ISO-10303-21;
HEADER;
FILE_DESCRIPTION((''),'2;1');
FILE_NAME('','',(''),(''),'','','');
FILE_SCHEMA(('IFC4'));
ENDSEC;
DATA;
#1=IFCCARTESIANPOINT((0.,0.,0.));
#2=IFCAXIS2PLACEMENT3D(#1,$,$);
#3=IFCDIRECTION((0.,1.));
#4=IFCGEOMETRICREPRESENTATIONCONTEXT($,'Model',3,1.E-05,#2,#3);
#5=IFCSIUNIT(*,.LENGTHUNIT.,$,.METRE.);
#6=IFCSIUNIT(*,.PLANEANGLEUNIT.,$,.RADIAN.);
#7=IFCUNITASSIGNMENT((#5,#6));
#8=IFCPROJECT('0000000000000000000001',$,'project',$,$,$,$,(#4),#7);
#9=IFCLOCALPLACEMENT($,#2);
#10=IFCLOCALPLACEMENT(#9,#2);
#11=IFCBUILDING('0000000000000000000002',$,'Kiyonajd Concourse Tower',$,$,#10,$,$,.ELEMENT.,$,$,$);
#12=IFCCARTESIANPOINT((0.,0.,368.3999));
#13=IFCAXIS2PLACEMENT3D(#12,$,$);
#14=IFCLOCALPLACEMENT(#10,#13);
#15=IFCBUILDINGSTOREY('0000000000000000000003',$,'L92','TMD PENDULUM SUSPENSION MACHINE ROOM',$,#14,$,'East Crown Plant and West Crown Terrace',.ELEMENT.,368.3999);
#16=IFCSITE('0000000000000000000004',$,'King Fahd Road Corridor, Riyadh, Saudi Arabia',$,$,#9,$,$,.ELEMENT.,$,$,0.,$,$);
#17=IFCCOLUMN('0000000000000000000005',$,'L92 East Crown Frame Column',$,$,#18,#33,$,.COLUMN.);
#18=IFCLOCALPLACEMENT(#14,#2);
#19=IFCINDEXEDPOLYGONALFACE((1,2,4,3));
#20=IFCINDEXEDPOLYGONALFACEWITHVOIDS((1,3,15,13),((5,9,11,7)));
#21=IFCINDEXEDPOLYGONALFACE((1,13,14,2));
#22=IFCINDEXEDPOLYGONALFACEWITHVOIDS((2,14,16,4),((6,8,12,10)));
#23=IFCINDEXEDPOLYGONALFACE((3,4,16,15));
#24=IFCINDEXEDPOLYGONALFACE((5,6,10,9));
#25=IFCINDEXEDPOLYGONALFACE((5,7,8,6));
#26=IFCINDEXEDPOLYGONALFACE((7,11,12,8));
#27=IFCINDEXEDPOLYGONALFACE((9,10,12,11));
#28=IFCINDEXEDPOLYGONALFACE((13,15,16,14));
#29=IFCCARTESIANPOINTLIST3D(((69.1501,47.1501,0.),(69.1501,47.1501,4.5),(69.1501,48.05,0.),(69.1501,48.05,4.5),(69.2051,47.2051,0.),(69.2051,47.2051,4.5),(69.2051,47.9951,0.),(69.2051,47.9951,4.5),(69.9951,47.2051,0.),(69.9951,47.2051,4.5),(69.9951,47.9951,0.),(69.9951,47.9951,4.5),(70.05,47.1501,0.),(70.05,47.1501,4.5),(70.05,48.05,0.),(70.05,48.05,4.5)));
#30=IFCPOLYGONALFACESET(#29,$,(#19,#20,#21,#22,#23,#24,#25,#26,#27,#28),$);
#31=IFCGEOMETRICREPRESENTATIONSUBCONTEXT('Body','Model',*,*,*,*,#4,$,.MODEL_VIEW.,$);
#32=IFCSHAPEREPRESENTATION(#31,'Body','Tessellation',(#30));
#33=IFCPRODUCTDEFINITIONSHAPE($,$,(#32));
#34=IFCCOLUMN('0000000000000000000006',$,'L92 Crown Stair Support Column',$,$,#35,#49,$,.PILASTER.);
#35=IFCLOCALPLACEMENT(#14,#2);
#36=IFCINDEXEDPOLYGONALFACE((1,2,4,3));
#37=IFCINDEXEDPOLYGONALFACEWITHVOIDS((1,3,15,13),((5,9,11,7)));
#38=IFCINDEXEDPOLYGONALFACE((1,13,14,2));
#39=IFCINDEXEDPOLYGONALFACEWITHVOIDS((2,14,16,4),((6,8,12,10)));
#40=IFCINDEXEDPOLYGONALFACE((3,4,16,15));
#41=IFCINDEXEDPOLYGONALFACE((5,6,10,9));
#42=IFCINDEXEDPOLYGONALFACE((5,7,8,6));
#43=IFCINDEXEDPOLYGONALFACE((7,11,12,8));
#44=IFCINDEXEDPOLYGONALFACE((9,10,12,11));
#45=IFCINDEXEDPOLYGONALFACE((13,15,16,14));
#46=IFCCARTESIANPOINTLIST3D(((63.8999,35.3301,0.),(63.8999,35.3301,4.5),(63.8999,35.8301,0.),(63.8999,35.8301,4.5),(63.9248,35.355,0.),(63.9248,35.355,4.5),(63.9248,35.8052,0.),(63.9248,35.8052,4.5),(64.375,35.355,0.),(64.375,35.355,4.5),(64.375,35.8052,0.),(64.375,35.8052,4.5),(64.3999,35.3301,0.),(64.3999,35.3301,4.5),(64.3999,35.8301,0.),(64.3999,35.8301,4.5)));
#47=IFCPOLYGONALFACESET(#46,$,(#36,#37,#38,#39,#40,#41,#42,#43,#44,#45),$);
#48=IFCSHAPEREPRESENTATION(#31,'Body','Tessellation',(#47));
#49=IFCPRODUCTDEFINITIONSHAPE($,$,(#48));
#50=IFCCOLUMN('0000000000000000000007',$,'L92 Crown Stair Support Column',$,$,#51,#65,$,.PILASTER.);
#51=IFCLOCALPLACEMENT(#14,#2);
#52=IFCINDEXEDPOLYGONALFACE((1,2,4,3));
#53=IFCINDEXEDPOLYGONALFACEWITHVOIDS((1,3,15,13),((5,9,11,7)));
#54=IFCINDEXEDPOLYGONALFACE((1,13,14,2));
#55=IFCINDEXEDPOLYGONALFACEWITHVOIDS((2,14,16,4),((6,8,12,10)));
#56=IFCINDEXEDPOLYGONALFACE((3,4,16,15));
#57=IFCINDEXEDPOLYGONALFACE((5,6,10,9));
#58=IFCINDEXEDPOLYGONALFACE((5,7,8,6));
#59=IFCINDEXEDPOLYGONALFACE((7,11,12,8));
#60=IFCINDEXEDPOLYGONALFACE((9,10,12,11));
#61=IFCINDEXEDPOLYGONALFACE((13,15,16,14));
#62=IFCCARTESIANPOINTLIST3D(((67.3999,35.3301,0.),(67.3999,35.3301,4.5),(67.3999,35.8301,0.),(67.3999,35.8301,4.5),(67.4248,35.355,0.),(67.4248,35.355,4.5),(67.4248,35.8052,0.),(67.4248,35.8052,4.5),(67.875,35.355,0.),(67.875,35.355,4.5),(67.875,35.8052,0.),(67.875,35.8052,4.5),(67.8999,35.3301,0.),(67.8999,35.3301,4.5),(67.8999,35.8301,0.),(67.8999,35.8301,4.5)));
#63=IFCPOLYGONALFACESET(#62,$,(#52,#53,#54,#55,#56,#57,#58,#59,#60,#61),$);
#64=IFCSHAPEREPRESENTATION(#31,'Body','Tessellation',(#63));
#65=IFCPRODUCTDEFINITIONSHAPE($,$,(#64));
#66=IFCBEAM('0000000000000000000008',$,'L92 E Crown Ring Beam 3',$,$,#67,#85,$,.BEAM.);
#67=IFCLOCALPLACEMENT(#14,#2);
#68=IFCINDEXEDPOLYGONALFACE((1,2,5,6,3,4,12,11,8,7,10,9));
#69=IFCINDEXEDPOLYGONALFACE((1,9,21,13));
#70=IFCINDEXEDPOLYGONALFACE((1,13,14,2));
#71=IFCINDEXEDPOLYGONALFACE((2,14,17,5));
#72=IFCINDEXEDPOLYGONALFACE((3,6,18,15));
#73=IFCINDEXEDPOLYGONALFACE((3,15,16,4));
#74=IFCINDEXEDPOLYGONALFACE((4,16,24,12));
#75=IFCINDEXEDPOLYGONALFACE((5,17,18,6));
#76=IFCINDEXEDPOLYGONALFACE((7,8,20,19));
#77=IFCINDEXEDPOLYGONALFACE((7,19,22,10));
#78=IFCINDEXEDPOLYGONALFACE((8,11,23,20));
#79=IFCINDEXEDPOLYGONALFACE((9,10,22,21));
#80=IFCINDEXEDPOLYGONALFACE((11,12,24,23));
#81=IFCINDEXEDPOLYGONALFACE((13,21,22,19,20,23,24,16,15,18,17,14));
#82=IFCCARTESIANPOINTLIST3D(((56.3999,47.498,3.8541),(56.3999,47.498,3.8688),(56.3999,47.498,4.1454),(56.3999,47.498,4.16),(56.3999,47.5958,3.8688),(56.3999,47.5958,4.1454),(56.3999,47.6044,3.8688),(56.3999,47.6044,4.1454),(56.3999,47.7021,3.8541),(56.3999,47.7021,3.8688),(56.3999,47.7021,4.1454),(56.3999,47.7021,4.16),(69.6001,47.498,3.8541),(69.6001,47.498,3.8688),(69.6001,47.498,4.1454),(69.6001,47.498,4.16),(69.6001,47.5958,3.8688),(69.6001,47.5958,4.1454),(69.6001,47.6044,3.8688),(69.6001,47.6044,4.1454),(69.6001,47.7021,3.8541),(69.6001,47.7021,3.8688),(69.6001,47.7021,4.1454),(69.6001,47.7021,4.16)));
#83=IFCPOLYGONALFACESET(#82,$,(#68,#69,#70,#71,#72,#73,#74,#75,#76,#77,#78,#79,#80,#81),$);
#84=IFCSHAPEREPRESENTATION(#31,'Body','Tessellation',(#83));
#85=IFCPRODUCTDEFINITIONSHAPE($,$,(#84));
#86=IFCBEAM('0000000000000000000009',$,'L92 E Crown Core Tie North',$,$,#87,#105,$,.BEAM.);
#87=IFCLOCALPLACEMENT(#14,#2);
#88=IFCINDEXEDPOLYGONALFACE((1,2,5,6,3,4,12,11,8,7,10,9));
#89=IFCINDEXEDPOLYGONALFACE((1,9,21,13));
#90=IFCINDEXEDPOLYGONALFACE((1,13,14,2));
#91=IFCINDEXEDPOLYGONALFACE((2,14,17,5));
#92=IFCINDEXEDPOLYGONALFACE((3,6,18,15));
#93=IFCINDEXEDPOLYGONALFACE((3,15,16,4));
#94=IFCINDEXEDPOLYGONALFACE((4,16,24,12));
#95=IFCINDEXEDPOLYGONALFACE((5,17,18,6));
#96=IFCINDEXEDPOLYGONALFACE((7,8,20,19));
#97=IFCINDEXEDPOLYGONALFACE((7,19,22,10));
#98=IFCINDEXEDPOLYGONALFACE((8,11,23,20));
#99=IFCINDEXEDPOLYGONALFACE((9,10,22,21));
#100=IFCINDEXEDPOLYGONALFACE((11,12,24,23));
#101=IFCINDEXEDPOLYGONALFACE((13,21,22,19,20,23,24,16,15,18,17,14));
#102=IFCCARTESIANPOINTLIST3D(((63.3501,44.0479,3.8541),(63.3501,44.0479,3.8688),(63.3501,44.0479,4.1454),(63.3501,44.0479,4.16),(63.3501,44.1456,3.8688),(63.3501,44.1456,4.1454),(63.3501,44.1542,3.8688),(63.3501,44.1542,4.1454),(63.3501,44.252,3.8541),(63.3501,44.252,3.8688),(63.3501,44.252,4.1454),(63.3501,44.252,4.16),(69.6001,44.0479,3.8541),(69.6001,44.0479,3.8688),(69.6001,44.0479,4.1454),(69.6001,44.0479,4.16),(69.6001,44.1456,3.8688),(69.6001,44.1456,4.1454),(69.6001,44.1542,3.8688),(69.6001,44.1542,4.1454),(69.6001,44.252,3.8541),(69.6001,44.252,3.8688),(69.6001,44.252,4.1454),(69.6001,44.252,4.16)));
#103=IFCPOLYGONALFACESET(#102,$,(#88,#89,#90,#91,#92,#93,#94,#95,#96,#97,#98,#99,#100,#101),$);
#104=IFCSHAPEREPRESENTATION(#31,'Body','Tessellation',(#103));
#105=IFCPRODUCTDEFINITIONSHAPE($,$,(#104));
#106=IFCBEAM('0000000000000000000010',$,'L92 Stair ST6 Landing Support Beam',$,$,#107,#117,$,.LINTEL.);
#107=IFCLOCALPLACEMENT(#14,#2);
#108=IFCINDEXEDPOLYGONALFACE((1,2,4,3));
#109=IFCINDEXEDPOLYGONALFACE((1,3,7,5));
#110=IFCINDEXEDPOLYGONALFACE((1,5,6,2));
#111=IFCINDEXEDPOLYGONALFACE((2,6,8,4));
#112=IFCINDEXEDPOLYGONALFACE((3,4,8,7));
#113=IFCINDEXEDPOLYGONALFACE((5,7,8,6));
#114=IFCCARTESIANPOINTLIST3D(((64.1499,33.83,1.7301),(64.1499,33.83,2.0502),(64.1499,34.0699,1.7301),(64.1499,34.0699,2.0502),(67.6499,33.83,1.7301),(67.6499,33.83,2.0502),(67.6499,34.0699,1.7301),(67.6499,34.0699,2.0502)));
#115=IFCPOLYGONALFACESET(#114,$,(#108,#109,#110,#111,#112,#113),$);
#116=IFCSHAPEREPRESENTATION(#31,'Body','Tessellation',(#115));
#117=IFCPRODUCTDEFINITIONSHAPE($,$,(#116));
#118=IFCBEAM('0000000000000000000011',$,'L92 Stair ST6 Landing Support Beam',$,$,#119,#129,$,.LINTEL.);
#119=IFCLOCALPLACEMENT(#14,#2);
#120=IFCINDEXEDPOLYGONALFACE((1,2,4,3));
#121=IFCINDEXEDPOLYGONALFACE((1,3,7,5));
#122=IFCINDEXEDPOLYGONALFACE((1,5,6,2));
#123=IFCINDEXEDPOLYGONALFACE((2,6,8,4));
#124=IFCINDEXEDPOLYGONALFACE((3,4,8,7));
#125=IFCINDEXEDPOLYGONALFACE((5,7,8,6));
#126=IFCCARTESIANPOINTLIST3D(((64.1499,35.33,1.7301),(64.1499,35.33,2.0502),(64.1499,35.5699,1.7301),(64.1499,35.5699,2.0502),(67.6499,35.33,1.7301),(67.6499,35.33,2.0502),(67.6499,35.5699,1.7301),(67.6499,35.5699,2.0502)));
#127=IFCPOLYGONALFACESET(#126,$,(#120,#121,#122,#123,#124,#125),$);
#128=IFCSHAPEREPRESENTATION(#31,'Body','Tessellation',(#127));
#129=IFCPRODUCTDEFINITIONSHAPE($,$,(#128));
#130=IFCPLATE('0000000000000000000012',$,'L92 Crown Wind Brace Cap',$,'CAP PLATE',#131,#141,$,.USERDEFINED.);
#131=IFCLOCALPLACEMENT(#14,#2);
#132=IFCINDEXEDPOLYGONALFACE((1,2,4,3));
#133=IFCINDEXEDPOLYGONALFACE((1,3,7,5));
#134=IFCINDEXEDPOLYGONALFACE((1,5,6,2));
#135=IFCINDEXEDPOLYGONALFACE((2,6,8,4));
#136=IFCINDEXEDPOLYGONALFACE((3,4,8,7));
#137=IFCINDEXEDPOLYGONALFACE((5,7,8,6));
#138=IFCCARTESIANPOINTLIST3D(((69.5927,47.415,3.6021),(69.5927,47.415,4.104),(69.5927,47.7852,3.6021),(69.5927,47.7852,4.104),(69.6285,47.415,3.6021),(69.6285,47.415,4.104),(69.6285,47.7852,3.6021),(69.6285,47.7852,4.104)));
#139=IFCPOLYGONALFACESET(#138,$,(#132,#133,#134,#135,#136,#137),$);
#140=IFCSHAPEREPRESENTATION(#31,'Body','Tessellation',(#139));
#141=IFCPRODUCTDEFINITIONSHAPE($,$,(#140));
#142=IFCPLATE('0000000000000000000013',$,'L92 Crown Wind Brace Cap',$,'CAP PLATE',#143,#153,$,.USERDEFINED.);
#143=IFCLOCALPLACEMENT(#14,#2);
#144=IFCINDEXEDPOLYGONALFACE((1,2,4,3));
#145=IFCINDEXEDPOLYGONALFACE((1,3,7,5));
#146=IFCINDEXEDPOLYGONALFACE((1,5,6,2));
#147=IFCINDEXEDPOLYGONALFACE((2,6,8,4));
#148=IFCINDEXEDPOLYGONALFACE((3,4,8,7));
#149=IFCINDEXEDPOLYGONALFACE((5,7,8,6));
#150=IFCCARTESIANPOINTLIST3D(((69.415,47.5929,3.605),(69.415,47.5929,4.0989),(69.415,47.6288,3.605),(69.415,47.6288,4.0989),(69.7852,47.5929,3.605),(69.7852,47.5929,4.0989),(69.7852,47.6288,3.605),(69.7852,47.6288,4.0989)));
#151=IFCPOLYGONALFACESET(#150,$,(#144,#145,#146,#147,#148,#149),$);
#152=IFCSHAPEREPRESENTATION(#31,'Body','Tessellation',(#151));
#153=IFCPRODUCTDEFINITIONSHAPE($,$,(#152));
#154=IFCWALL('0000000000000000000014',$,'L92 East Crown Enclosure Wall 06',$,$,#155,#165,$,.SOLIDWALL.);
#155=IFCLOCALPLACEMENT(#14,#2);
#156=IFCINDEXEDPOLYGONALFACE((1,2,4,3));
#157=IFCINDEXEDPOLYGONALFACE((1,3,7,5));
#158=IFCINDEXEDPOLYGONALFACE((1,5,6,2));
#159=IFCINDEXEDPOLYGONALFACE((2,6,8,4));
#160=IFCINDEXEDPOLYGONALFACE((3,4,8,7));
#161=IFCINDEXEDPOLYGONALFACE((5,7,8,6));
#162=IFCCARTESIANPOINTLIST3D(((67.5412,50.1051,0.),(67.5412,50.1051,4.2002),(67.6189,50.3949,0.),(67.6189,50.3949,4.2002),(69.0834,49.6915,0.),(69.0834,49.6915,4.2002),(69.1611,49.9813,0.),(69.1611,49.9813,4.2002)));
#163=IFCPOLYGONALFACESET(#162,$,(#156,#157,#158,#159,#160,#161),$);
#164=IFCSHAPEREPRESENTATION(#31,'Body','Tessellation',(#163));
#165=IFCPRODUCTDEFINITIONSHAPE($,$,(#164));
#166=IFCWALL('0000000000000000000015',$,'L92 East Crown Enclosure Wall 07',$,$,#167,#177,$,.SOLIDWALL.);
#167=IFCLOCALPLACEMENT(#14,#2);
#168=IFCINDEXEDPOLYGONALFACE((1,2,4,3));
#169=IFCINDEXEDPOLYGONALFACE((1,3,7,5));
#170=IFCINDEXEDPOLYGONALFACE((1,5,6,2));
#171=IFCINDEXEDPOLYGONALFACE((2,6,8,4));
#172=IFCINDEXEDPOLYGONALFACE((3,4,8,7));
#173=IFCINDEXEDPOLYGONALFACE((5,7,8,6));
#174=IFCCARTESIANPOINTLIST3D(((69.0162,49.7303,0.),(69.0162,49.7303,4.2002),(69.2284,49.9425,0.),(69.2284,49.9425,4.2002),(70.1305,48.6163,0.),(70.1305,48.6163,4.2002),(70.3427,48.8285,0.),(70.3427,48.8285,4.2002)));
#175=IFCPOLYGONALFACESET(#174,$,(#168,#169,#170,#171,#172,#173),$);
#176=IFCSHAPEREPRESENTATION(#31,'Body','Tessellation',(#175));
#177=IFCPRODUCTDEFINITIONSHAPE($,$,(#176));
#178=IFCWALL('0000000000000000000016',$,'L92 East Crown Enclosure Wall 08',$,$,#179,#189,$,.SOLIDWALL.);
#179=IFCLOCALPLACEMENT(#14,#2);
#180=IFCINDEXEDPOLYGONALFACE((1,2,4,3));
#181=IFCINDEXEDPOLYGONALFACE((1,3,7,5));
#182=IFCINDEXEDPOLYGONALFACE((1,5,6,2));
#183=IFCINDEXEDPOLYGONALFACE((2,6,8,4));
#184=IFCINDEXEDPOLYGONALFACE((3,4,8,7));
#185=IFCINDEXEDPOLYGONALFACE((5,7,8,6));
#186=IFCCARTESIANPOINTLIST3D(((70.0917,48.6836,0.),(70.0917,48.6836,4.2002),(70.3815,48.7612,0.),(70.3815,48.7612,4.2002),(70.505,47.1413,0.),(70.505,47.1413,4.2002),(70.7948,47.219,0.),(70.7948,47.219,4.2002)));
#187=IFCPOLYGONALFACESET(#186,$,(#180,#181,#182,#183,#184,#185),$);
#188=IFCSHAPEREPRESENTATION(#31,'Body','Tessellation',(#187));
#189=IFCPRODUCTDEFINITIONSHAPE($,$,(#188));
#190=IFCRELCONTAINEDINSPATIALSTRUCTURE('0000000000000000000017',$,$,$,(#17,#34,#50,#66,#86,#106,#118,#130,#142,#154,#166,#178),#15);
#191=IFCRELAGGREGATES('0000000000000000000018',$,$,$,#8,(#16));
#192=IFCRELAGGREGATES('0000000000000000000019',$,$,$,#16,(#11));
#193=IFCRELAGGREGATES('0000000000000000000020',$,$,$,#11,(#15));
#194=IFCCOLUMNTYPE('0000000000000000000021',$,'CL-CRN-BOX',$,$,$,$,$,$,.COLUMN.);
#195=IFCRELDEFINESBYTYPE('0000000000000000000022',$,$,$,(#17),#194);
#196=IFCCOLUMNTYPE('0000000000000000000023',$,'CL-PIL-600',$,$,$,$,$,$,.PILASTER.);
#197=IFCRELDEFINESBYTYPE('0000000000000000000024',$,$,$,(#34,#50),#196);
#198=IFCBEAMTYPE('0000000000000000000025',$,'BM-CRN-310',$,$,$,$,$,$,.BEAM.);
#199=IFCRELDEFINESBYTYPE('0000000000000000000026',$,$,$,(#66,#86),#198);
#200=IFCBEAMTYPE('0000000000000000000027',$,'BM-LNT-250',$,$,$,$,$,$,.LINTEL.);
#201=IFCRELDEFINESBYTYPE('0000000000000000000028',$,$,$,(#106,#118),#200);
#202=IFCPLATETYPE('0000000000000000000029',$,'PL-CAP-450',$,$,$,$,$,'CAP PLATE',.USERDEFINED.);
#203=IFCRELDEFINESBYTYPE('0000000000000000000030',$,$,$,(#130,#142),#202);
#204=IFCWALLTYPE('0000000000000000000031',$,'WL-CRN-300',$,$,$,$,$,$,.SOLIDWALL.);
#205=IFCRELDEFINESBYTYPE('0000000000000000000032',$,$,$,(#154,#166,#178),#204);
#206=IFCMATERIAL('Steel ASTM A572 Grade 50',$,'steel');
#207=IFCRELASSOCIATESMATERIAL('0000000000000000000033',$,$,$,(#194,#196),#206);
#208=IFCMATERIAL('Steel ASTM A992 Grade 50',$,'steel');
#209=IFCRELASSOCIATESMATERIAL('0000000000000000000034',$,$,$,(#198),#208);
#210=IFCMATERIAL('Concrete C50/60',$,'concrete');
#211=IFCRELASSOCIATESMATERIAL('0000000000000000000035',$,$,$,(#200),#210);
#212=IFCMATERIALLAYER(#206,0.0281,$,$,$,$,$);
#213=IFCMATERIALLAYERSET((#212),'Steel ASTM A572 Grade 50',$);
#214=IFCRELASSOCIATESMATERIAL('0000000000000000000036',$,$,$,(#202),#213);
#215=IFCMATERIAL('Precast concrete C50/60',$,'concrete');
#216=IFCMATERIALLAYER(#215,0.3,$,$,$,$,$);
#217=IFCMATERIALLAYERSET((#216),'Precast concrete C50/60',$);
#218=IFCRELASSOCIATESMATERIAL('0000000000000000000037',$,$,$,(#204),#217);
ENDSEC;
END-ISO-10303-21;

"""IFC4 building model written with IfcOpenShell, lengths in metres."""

from ifc_helpers import new_model, si_unit, direction, frame, frame_2d, origin, origin_2d, place, context, subcontext, project, spatial, rectangle, hollow_rectangle, i_section, extrude, material, layer, layer_set, material_profile, profile_set, type_object, element, save


model = new_model("IFC4")

# Units and contexts
model_context = context("Model", 3, precision=1e-05, world=origin(), true_north=direction((0.0, 1.0)))
body_context = subcontext(model_context, "Body", "Model", "MODEL_VIEW")
ifc_project = project(units=[si_unit("LENGTHUNIT", "METRE"), si_unit("PLANEANGLEUNIT", "RADIAN")], contexts=[model_context])

# Site, building, storey
site_placement = place(None, origin())
site = spatial("IfcSite", under=ifc_project, at=site_placement, Name="King Fahd Road Corridor, Riyadh, Saudi Arabia", CompositionType="ELEMENT", RefElevation=0.0)
building_placement = place(site_placement, origin())
building = spatial("IfcBuilding", under=site, at=building_placement, Name="Kiyonajd Concourse Tower", CompositionType="ELEMENT")
storey_placement = place(building_placement, frame((0.0, 0.0, 368.3999)))
storey = spatial("IfcBuildingStorey", under=building, at=storey_placement, Name="L92", Description="TMD PENDULUM SUSPENSION MACHINE ROOM", LongName="East Crown Plant and West Crown Terrace", CompositionType="ELEMENT", Elevation=368.3999)

# Columns
ifc_material_1 = material(Name="Steel ASTM A572 Grade 50", Category="steel")
ifc_material_profile_1 = material_profile(ifc_material_1, hollow_rectangle(XDim=0.8999, YDim=0.8999, WallThickness=0.0549, at=origin_2d()), Name="BOX-900x900x55")
ifc_profile_set_1 = profile_set([ifc_material_profile_1], Name="Steel ASTM A572 Grade 50")
column_type_1 = type_object("IfcColumnType", Name="CL-CRN-BOX", PredefinedType="COLUMN", material=ifc_profile_set_1)
column_placement = place(storey_placement, frame((69.6001, 47.6001, 0.0), z_axis=(0.0, 0.0, 1.0), x_axis=(1.0, 0.0, 0.0)))
element("IfcColumn", 1, at=column_placement, inside=storey, type_object=column_type_1, Name="L92 East Crown Frame Column", PredefinedType="COLUMN", context=body_context, shape_type="SweptSolid", body=[
    extrude(hollow_rectangle(XDim=0.8999, YDim=0.8999, WallThickness=0.0549, at=origin_2d()), origin(), (0.0, 0.0, 1.0), 4.5),
])
ifc_material_profile_2 = material_profile(ifc_material_1, hollow_rectangle(XDim=0.5, YDim=0.5, WallThickness=0.0249, at=origin_2d()), Name="HSS-500x500x25")
ifc_profile_set_2 = profile_set([ifc_material_profile_2], Name="Steel ASTM A572 Grade 50")
column_type_2 = type_object("IfcColumnType", Name="CL-PIL-600", PredefinedType="PILASTER", material=ifc_profile_set_2)
for number, where, z_axis, x_axis, name in (
    (2, (64.1499, 35.5801, 0.0), (0.0, 0.0, 1.0), (1.0, 0.0, 0.0), "L92 Crown Stair Support Column"),
    (3, (67.6499, 35.5801, 0.0), (0.0, 0.0, 1.0), (1.0, 0.0, 0.0), "L92 Crown Stair Support Column"),
):
    element("IfcColumn", number, at=place(storey_placement, frame(where, z_axis=z_axis, x_axis=x_axis)), inside=storey, type_object=column_type_2, Name=name, PredefinedType="PILASTER", context=body_context, shape_type="SweptSolid", body=[
        extrude(hollow_rectangle(XDim=0.5, YDim=0.5, WallThickness=0.0249, at=origin_2d()), origin(), (0.0, 0.0, 1.0), 4.5),
    ])

# Beams
ifc_material_2 = material(Name="Steel ASTM A992 Grade 50", Category="steel")
ifc_material_profile_3 = material_profile(ifc_material_2, i_section(OverallWidth=0.2041, OverallDepth=0.3059, WebThickness=0.0085, FlangeThickness=0.0146, at=origin_2d()), Name="W310X67")
ifc_profile_set_3 = profile_set([ifc_material_profile_3], Name="Steel ASTM A992 Grade 50")
beam_type_1 = type_object("IfcBeamType", Name="BM-CRN-310", PredefinedType="BEAM", material=ifc_profile_set_3)
beam_1_placement = place(storey_placement, frame((69.6001, 47.6001, 4.0071), z_axis=(-1.0, 0.0, 0.0), x_axis=(0.0, -1.0, 0.0)))
element("IfcBeam", 4, at=beam_1_placement, inside=storey, type_object=beam_type_1, Name="L92 E Crown Ring Beam 3", PredefinedType="BEAM", context=body_context, shape_type="SweptSolid", body=[
    extrude(i_section(OverallWidth=0.2041, OverallDepth=0.3059, WebThickness=0.0085, FlangeThickness=0.0146, at=origin_2d()), origin(), (0.0, 0.0, 1.0), 13.2002),
])
beam_2_placement = place(storey_placement, frame((63.3501, 44.1499, 4.0071), z_axis=(1.0, 0.0, 0.0), x_axis=(0.0, 1.0, 0.0)))
element("IfcBeam", 5, at=beam_2_placement, inside=storey, type_object=beam_type_1, Name="L92 E Crown Core Tie North", PredefinedType="BEAM", context=body_context, shape_type="SweptSolid", body=[
    extrude(i_section(OverallWidth=0.2041, OverallDepth=0.3059, WebThickness=0.0085, FlangeThickness=0.0146, at=origin_2d()), origin(), (0.0, 0.0, 1.0), 6.25),
])
ifc_material_3 = material(Name="Concrete C50/60", Category="concrete")
ifc_material_profile_4 = material_profile(ifc_material_3, rectangle(XDim=0.24, YDim=0.3201, at=origin_2d()), Name="RCBM-240x320")
ifc_profile_set_4 = profile_set([ifc_material_profile_4], Name="Concrete C50/60")
beam_type_2 = type_object("IfcBeamType", Name="BM-LNT-250", PredefinedType="LINTEL", material=ifc_profile_set_4)
for number, where, z_axis, x_axis, name in (
    (6, (64.1499, 33.95, 1.8901), (1.0, 0.0, 0.0), (0.0, 1.0, 0.0), "L92 Stair ST6 Landing Support Beam"),
    (7, (64.1499, 35.45, 1.8901), (1.0, 0.0, 0.0), (0.0, 1.0, 0.0), "L92 Stair ST6 Landing Support Beam"),
):
    element("IfcBeam", number, at=place(storey_placement, frame(where, z_axis=z_axis, x_axis=x_axis)), inside=storey, type_object=beam_type_2, Name=name, PredefinedType="LINTEL", context=body_context, shape_type="SweptSolid", body=[
        extrude(rectangle(XDim=0.24, YDim=0.3201, at=origin_2d()), origin(), (0.0, 0.0, 1.0), 3.5),
    ])

# Plates
ifc_layer_1 = layer(ifc_material_1, 0.0281)
ifc_layer_set_1 = layer_set([ifc_layer_1], Name="Steel ASTM A572 Grade 50")
plate_type = type_object("IfcPlateType", Name="PL-CAP-450", ElementType="CAP PLATE", PredefinedType="USERDEFINED", material=ifc_layer_set_1)
plate_1_placement = place(storey_placement, frame((69.6106, 47.6001, 3.6021), z_axis=(0.0, 0.0, 1.0), x_axis=(1.0, 0.0, 0.0)))
element("IfcPlate", 8, at=plate_1_placement, inside=storey, type_object=plate_type, Name="L92 Crown Wind Brace Cap", ObjectType="CAP PLATE", PredefinedType="USERDEFINED", context=body_context, shape_type="SweptSolid", body=[
    extrude(rectangle(XDim=0.0359, YDim=0.3701, at=origin_2d()), origin(), (0.0, 0.0, 1.0), 0.502),
])
plate_2_placement = place(storey_placement, frame((69.6001, 47.6108, 3.605), z_axis=(0.0, 0.0, 1.0), x_axis=(0.0, 1.0, 0.0)))
element("IfcPlate", 9, at=plate_2_placement, inside=storey, type_object=plate_type, Name="L92 Crown Wind Brace Cap", ObjectType="CAP PLATE", PredefinedType="USERDEFINED", context=body_context, shape_type="SweptSolid", body=[
    extrude(rectangle(XDim=0.0359, YDim=0.3701, at=origin_2d()), origin(), (0.0, 0.0, 1.0), 0.4939),
])

# Walls
ifc_material_4 = material(Name="Precast concrete C50/60", Category="concrete")
ifc_layer_2 = layer(ifc_material_4, 0.3)
ifc_layer_set_2 = layer_set([ifc_layer_2], Name="Precast concrete C50/60")
wall_type_1 = type_object("IfcWallType", Name="WL-CRN-300", PredefinedType="SOLIDWALL", material=ifc_layer_set_2)
wall_1_placement = place(storey_placement, frame((67.5801, 50.25, 0.0), z_axis=(0.0, 0.0, 1.0), x_axis=(0.965874, -0.259014, 0.0)))
element("IfcWall", 10, at=wall_1_placement, inside=storey, type_object=wall_type_1, Name="L92 East Crown Enclosure Wall 06", PredefinedType="SOLIDWALL", context=body_context, shape_type="SweptSolid", body=[
    extrude(rectangle(XDim=1.5967, YDim=0.3, at=frame_2d((0.7983, 0.0))), origin(), (0.0, 0.0, 1.0), 4.2002),
])
wall_2_placement = place(storey_placement, frame((69.1223, 49.8364, 0.0), z_axis=(0.0, 0.0, 1.0), x_axis=(0.707184, -0.707029, 0.0)))
element("IfcWall", 11, at=wall_2_placement, inside=storey, type_object=wall_type_1, Name="L92 East Crown Enclosure Wall 07", PredefinedType="SOLIDWALL", context=body_context, shape_type="SweptSolid", body=[
    extrude(rectangle(XDim=1.5757, YDim=0.3, at=frame_2d((0.7878, 0.0))), origin(), (0.0, 0.0, 1.0), 4.2002),
])
wall_3_placement = place(storey_placement, frame((70.2366, 48.7224, 0.0), z_axis=(0.0, 0.0, 1.0), x_axis=(0.258871, -0.965912, 0.0)))
element("IfcWall", 12, at=wall_3_placement, inside=storey, type_object=wall_type_1, Name="L92 East Crown Enclosure Wall 08", PredefinedType="SOLIDWALL", context=body_context, shape_type="SweptSolid", body=[
    extrude(rectangle(XDim=1.5967, YDim=0.3, at=frame_2d((0.7983, 0.0))), origin(), (0.0, 0.0, 1.0), 4.2002),
])

save(model, "model.ifc")
